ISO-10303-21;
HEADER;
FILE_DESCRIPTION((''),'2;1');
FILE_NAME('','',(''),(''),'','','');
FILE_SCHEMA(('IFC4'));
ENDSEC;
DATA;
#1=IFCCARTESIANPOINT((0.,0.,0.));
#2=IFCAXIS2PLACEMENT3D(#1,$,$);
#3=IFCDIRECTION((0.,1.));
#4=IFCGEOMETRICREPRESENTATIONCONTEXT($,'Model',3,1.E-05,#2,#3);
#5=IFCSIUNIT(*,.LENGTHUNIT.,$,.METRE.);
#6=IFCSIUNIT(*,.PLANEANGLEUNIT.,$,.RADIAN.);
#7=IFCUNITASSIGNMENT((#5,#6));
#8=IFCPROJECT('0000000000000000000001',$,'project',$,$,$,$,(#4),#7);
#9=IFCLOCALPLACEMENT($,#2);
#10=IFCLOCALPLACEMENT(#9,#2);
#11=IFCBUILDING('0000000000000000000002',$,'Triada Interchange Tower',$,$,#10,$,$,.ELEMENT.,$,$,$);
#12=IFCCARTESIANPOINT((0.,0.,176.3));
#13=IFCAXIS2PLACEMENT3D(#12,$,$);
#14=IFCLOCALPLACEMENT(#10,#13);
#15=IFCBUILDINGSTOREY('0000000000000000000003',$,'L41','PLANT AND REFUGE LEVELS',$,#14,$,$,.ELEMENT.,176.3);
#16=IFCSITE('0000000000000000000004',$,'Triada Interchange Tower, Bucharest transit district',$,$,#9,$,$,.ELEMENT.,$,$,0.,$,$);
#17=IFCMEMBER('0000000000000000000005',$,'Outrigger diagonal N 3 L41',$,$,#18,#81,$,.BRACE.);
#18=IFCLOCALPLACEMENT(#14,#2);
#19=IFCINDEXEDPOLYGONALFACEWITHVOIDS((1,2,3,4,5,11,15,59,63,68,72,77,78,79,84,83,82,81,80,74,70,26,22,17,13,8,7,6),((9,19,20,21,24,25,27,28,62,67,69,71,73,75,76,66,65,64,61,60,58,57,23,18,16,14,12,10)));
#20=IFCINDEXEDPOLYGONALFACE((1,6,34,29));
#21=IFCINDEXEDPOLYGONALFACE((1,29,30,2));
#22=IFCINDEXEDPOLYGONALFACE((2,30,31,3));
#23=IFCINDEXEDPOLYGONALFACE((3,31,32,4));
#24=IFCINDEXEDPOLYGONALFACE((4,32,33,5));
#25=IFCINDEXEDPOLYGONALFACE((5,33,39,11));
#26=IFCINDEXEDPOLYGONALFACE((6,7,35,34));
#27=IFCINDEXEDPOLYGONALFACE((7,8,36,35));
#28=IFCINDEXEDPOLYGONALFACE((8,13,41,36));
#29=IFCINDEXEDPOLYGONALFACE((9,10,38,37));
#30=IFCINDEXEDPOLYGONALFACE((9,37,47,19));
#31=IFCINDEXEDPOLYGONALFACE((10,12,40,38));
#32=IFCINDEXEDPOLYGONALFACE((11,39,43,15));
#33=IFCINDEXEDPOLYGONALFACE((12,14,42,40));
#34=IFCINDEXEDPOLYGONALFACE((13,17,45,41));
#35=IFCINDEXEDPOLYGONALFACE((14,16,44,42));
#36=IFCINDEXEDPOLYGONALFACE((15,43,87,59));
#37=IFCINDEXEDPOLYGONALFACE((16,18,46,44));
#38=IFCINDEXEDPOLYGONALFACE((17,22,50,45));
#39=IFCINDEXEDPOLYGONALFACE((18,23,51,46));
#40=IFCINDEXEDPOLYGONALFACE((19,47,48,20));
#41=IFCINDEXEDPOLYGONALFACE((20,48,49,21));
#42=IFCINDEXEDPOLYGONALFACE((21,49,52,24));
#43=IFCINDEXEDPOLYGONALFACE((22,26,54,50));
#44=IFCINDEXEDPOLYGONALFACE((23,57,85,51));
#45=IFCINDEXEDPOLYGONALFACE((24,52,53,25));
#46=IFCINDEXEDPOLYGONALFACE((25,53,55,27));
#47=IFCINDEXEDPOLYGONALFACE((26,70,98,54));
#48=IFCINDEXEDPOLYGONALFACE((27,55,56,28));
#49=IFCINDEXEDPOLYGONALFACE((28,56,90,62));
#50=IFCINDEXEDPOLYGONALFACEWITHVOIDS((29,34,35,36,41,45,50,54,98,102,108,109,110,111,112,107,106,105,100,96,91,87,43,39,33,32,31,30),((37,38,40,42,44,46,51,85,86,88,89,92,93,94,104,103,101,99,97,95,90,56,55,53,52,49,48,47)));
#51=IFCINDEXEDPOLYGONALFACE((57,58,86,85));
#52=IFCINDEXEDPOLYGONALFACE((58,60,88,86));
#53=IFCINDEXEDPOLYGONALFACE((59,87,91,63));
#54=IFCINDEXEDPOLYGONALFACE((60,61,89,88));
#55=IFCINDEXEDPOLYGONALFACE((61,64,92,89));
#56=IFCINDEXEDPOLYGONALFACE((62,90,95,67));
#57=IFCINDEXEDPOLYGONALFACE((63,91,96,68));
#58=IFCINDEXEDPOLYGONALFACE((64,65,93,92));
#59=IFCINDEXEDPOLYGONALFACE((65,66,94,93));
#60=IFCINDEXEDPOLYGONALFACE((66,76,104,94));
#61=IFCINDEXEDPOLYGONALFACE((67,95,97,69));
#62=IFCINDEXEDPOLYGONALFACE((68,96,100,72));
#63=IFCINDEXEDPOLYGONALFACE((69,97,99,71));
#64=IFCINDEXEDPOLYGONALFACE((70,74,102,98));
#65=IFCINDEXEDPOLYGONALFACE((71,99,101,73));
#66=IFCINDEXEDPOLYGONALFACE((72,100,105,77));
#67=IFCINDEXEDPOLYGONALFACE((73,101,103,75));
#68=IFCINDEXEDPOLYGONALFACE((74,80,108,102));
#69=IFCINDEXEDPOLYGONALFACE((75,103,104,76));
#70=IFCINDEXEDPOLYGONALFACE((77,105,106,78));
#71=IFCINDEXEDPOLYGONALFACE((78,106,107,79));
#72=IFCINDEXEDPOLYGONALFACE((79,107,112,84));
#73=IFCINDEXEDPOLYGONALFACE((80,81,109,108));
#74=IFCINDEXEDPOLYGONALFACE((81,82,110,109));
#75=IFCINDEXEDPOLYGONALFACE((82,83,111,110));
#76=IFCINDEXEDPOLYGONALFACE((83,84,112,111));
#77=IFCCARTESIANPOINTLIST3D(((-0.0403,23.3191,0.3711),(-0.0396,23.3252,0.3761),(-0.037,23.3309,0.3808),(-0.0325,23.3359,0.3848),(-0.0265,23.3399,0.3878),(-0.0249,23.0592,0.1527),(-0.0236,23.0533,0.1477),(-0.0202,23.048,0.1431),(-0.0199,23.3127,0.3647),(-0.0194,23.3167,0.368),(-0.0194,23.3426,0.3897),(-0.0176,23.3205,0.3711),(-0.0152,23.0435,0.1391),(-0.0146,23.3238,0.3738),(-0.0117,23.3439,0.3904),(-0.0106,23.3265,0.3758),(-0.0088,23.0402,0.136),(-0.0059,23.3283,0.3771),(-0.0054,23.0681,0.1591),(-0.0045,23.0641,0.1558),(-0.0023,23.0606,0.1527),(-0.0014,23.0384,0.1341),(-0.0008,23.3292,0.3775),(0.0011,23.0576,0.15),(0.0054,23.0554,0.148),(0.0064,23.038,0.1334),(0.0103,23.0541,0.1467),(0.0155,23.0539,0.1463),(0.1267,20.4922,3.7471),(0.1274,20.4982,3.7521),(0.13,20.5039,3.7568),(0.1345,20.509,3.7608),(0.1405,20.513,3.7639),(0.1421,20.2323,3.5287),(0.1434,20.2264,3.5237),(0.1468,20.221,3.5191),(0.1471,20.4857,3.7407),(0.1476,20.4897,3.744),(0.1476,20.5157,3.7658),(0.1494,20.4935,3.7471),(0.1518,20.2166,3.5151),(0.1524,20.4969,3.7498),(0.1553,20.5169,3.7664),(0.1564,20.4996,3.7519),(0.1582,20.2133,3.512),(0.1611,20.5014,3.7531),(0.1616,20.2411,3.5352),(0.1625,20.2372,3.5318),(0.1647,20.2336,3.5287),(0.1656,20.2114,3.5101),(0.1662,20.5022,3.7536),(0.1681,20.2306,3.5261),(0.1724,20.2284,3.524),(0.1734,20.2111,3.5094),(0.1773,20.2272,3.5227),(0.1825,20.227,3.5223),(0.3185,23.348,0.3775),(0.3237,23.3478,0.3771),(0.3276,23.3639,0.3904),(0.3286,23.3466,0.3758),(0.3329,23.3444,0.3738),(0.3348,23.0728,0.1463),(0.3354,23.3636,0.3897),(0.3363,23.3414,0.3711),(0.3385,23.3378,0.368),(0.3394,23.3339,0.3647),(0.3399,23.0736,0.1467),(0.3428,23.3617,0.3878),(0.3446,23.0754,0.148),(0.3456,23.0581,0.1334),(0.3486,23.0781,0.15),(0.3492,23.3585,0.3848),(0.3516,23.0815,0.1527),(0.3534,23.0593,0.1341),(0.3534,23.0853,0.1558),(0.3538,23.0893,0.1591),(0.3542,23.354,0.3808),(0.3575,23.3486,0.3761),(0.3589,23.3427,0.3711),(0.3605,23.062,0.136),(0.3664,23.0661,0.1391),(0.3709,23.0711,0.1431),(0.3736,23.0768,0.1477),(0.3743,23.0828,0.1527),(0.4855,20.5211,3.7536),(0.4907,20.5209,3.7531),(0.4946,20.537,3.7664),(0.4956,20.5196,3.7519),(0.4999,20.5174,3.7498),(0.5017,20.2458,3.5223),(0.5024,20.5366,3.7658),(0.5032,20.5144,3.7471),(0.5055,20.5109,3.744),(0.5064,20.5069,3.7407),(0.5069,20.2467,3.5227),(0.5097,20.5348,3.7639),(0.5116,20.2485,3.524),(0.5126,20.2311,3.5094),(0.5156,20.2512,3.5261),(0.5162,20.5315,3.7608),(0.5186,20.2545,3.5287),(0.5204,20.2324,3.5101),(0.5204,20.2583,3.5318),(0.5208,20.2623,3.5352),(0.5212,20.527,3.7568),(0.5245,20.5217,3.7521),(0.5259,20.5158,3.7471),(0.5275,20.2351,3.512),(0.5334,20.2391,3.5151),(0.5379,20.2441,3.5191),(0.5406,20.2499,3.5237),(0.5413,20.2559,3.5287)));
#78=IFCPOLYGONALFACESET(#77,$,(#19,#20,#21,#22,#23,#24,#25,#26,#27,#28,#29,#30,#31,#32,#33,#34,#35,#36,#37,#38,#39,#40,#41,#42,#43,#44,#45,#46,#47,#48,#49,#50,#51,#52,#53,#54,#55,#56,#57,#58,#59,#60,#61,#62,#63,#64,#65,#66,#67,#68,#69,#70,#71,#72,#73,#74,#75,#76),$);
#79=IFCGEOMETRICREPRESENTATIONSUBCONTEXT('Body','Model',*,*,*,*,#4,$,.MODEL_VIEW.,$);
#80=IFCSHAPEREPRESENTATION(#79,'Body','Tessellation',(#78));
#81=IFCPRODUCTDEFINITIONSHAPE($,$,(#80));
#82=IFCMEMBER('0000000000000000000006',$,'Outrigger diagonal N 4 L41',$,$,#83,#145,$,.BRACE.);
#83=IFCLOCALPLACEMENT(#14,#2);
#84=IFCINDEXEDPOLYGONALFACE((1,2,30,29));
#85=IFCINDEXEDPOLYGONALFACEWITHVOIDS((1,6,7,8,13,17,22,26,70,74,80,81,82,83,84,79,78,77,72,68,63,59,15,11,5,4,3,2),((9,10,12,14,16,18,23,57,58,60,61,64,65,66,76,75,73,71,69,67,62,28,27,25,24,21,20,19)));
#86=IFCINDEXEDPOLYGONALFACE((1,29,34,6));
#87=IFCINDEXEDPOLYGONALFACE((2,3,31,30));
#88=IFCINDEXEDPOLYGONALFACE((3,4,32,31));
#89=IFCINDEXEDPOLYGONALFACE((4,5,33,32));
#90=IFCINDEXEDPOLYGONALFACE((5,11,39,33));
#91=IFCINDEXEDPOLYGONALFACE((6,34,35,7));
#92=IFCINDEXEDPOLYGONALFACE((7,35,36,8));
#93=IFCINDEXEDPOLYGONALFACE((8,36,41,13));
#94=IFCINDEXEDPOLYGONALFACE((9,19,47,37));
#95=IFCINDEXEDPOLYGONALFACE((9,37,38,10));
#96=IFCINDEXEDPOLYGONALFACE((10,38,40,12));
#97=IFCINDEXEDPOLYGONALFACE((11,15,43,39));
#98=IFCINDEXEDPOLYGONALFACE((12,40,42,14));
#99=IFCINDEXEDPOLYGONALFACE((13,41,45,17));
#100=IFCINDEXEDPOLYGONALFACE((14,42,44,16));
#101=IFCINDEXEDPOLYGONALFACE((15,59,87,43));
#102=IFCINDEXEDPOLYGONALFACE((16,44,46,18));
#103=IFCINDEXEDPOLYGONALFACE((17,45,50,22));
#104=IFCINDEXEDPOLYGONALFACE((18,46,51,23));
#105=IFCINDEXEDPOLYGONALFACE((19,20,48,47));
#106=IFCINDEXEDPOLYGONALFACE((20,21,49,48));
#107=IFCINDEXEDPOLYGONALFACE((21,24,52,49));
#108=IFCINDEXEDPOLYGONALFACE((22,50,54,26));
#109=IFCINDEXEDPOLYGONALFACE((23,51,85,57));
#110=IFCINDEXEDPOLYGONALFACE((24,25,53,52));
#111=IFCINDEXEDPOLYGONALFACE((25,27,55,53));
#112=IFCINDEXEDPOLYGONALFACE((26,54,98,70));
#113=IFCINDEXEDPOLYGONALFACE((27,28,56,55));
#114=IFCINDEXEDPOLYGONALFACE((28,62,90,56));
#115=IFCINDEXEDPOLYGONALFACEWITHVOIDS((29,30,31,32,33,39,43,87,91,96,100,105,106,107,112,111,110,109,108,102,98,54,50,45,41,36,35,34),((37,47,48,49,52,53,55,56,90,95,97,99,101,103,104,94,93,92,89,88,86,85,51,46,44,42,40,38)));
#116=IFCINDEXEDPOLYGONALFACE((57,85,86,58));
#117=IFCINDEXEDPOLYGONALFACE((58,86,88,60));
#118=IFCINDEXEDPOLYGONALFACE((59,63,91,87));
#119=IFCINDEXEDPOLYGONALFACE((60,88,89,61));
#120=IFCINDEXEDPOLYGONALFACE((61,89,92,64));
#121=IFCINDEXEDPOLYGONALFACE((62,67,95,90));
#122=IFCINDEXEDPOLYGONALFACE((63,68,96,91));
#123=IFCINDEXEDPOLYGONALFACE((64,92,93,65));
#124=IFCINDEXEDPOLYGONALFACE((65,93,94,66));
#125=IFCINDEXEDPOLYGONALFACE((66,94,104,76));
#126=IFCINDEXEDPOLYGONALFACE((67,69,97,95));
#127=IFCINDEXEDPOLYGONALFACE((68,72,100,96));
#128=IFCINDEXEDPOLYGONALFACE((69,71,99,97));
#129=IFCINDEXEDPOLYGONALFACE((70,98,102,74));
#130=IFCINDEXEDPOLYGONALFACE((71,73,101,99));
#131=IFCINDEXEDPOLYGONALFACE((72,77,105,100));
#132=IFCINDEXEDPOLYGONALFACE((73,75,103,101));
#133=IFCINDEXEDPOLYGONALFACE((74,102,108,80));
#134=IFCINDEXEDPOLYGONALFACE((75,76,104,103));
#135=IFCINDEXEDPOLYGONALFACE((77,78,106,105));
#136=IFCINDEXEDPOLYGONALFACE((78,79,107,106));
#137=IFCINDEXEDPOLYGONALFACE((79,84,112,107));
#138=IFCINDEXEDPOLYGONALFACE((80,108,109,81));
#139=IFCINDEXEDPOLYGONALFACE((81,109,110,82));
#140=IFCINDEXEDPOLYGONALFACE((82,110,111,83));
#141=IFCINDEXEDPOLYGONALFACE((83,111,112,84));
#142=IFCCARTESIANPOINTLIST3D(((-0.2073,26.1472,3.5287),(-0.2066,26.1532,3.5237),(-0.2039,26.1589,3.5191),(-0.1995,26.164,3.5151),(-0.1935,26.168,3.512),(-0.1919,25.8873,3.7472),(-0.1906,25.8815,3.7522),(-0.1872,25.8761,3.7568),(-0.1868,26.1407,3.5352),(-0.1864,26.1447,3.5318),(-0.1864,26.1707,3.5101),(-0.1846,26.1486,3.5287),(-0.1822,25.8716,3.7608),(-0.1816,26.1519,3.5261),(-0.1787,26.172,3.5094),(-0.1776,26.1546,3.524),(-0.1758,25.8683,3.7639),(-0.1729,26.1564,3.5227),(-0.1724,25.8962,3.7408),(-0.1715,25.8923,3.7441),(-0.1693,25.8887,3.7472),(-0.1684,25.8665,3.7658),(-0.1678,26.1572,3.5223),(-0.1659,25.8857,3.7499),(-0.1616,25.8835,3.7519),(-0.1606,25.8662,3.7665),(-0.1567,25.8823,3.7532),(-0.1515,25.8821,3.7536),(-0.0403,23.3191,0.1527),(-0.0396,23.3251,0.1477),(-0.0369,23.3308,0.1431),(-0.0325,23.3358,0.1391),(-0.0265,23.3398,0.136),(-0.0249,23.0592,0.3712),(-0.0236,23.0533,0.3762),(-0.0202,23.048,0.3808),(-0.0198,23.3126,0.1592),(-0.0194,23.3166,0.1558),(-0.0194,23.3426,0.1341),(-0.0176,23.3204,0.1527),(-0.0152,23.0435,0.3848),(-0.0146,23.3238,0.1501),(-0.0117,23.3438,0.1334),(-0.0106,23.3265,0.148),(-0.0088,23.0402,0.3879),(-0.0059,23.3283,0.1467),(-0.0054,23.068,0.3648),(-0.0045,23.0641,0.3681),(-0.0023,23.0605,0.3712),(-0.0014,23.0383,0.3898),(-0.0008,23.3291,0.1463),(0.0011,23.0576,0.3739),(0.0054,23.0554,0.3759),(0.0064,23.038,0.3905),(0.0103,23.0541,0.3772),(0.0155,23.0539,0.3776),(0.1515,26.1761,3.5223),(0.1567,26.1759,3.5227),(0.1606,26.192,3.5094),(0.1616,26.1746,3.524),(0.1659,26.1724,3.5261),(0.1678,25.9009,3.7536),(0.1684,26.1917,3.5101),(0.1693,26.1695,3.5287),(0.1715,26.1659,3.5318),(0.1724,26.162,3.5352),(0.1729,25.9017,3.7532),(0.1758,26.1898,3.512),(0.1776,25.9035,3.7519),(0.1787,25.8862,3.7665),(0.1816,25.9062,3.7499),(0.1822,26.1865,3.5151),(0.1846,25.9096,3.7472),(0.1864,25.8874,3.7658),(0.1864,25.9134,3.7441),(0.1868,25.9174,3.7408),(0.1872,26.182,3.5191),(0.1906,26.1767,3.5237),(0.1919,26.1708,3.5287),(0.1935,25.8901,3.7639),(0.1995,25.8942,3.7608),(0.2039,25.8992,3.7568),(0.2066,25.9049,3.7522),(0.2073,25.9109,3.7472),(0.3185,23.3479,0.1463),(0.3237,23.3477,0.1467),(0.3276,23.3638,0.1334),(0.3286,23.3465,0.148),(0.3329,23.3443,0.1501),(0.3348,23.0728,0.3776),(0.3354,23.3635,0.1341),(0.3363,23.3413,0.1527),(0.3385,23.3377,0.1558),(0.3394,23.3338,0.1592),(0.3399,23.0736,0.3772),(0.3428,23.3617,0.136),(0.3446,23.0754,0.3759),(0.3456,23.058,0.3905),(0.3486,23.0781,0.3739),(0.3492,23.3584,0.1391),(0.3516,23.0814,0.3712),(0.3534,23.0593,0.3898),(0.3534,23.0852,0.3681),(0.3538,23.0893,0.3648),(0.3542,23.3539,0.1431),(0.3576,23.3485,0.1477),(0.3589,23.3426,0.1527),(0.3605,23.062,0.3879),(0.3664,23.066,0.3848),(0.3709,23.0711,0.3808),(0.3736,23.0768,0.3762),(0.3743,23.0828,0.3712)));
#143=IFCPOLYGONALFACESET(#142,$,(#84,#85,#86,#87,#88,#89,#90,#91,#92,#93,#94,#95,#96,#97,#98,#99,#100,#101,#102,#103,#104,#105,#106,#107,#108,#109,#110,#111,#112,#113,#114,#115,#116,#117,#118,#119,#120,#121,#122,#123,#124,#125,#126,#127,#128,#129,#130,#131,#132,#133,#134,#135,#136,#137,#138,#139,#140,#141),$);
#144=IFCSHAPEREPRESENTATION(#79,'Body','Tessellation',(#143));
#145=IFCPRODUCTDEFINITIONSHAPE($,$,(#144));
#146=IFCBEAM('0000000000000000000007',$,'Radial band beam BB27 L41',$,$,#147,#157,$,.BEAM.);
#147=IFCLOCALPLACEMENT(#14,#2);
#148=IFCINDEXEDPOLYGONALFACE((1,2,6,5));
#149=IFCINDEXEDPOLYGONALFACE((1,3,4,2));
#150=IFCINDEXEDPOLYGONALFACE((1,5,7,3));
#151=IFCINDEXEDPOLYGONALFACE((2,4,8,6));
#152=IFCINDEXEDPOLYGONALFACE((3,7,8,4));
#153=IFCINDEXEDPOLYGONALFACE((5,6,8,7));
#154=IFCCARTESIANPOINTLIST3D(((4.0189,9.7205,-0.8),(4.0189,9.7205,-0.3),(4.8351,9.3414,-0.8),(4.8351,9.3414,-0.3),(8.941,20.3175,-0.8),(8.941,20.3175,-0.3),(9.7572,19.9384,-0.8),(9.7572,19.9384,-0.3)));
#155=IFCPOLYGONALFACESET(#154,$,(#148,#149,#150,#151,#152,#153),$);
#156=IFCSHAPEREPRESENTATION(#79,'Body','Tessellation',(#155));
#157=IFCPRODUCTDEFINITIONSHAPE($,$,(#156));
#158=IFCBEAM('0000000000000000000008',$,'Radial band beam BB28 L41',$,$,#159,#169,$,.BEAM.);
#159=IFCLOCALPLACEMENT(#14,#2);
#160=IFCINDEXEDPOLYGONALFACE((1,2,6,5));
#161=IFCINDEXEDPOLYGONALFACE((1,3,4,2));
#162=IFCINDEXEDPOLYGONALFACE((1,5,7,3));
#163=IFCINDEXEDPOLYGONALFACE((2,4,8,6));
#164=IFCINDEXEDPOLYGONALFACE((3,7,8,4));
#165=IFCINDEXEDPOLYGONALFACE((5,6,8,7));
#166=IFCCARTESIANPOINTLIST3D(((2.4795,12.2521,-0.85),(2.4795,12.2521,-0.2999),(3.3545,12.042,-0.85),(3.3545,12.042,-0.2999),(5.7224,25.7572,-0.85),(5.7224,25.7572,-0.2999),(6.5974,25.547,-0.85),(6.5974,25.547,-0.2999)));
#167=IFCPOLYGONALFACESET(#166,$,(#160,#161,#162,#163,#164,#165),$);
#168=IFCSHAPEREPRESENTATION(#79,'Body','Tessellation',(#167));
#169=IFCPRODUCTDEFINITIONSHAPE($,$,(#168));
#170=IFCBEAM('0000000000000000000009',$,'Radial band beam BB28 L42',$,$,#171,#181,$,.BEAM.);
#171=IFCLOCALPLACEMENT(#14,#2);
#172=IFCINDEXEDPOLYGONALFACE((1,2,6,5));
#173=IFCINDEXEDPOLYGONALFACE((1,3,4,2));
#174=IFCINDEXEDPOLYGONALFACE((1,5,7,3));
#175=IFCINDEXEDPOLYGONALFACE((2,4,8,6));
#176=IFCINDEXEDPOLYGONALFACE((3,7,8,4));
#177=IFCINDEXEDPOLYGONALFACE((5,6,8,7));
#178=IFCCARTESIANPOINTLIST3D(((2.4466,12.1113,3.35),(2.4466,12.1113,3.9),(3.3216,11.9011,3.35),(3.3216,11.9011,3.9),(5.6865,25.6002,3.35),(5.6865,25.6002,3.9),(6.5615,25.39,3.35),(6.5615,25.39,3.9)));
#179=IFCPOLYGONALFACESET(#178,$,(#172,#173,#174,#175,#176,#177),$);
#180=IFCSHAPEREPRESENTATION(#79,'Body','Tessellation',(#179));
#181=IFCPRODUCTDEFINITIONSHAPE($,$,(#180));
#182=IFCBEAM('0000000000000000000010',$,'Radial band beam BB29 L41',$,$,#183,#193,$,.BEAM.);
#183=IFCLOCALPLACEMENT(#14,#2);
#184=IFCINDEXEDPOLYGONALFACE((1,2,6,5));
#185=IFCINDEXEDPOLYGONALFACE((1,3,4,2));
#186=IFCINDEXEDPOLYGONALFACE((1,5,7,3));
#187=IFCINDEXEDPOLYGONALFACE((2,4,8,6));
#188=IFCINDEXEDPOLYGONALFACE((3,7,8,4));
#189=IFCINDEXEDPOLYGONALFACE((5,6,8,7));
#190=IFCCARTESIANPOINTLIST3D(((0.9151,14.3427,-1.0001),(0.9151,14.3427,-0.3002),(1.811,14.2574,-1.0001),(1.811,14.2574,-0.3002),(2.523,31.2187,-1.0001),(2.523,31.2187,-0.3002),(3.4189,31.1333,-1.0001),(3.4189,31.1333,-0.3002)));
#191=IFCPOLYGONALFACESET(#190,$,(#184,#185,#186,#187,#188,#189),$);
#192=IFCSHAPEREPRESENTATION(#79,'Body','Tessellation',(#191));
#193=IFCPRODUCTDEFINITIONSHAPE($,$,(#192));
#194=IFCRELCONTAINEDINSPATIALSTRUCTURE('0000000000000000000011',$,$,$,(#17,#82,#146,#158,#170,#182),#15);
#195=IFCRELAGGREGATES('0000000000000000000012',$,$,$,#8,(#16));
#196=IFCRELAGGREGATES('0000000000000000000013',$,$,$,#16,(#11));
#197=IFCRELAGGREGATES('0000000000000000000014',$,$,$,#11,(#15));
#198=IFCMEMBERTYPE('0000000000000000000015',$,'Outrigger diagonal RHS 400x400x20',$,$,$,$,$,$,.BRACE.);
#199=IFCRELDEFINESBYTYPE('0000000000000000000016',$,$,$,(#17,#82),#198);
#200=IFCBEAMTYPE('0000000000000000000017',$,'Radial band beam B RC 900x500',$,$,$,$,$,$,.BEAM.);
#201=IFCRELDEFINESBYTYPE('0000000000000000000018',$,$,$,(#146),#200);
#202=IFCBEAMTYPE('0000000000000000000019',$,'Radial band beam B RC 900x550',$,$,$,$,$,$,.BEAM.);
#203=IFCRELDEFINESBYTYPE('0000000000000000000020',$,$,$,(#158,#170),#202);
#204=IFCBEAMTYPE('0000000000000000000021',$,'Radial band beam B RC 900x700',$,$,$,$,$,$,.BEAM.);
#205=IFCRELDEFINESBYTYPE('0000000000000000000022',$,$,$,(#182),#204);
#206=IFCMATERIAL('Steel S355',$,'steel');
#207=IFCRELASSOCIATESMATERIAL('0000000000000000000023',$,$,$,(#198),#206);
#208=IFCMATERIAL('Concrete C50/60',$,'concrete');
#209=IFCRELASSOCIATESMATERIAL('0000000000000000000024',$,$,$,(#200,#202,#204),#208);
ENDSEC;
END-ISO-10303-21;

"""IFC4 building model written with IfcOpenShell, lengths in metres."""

from ifc_helpers import new_model, si_unit, direction, frame, origin, origin_2d, place, context, subcontext, project, spatial, rectangle, hollow_rectangle, extrude, material, material_profile, profile_set, type_object, element, save


model = new_model("IFC4")

# Units and contexts
model_context = context("Model", 3, precision=1e-05, world=origin(), true_north=direction((0.0, 1.0)))
body_context = subcontext(model_context, "Body", "Model", "MODEL_VIEW")
ifc_project = project(units=[si_unit("LENGTHUNIT", "METRE"), si_unit("PLANEANGLEUNIT", "RADIAN")], contexts=[model_context])

# Site, building, storey
site_placement = place(None, origin())
site = spatial("IfcSite", under=ifc_project, at=site_placement, Name="Triada Interchange Tower, Bucharest transit district", CompositionType="ELEMENT", RefElevation=0.0)
building_placement = place(site_placement, origin())
building = spatial("IfcBuilding", under=site, at=building_placement, Name="Triada Interchange Tower", CompositionType="ELEMENT")
storey_placement = place(building_placement, frame((0.0, 0.0, 176.3)))
storey = spatial("IfcBuildingStorey", under=building, at=storey_placement, Name="L41", Description="PLANT AND REFUGE LEVELS", CompositionType="ELEMENT", Elevation=176.3)

# Members
ifc_material_1 = material(Name="Steel S355", Category="steel")
ifc_material_profile_1 = material_profile(ifc_material_1, hollow_rectangle(XDim=0.3999, YDim=0.3999, WallThickness=0.02, InnerFilletRadius=0.02, OuterFilletRadius=0.03, at=origin_2d()), Name="RHS 400x400x20")
ifc_profile_set_1 = profile_set([ifc_material_profile_1], Name="Steel S355")
member_type_1 = type_object("IfcMemberType", Name="Outrigger diagonal RHS 400x400x20", PredefinedType="BRACE", material=ifc_profile_set_1)
member_1_placement = place(storey_placement, frame((0.334, 20.374, 3.6379), z_axis=(-0.037898, 0.641543, -0.76615), x_axis=(-0.99826, -0.05897, 0.0)))
element("IfcMember", 1, at=member_1_placement, inside=storey, type_object=member_type_1, Name="Outrigger diagonal N 3 L41", PredefinedType="BRACE", context=body_context, shape_type="SweptSolid", body=[
    extrude(hollow_rectangle(XDim=0.3999, YDim=0.3999, WallThickness=0.02, InnerFilletRadius=0.02, OuterFilletRadius=0.03, at=origin_2d()), origin(), (0.0, 0.0, 1.0), 4.4065),
])
member_2_placement = place(storey_placement, frame((0.167, 23.2009, 0.262), z_axis=(-0.037891, 0.641706, 0.766014), x_axis=(-0.998261, -0.058944, 0.0)))
element("IfcMember", 2, at=member_2_placement, inside=storey, type_object=member_type_1, Name="Outrigger diagonal N 4 L41", PredefinedType="BRACE", context=body_context, shape_type="SweptSolid", body=[
    extrude(hollow_rectangle(XDim=0.3999, YDim=0.3999, WallThickness=0.02, InnerFilletRadius=0.02, OuterFilletRadius=0.03, at=origin_2d()), origin(), (0.0, 0.0, 1.0), 4.4072),
])

# Beams
ifc_material_2 = material(Name="Concrete C50/60", Category="concrete")
ifc_material_profile_2 = material_profile(ifc_material_2, rectangle(XDim=0.8999, YDim=0.5, at=origin_2d()), Name="RC 900x500")
ifc_profile_set_2 = profile_set([ifc_material_profile_2], Name="Concrete C50/60")
beam_type_1 = type_object("IfcBeamType", Name="Radial band beam B RC 900x500", PredefinedType="BEAM", material=ifc_profile_set_2)
beam_1_placement = place(storey_placement, frame((9.3491, 20.1279, -0.55), z_axis=(-0.42126, -0.90694, 0.0), x_axis=(0.90694, -0.42126, 0.0)))
element("IfcBeam", 3, at=beam_1_placement, inside=storey, type_object=beam_type_1, Name="Radial band beam BB27 L41", PredefinedType="BEAM", context=body_context, shape_type="SweptSolid", body=[
    extrude(rectangle(XDim=0.8999, YDim=0.5, at=origin_2d()), origin(), (0.0, 0.0, 1.0), 11.6843),
])
ifc_material_profile_3 = material_profile(ifc_material_2, rectangle(XDim=0.8999, YDim=0.55, at=origin_2d()), Name="RC 900x550")
ifc_profile_set_3 = profile_set([ifc_material_profile_3], Name="Concrete C50/60")
beam_type_2 = type_object("IfcBeamType", Name="Radial band beam B RC 900x550", PredefinedType="BEAM", material=ifc_profile_set_3)
beam_2_placement = place(storey_placement, frame((6.1599, 25.6521, -0.575), z_axis=(-0.233488, -0.97236, 0.0), x_axis=(0.97236, -0.233488, 0.0)))
element("IfcBeam", 4, at=beam_2_placement, inside=storey, type_object=beam_type_2, Name="Radial band beam BB28 L41", PredefinedType="BEAM", context=body_context, shape_type="SweptSolid", body=[
    extrude(rectangle(XDim=0.8999, YDim=0.55, at=origin_2d()), origin(), (0.0, 0.0, 1.0), 13.8889),
])
beam_3_placement = place(storey_placement, frame((6.124, 25.4951, 3.625), z_axis=(-0.233552, -0.972344, 0.0), x_axis=(0.972344, -0.233552, 0.0)))
element("IfcBeam", 5, at=beam_3_placement, inside=storey, type_object=beam_type_2, Name="Radial band beam BB28 L42", PredefinedType="BEAM", context=body_context, shape_type="SweptSolid", body=[
    extrude(rectangle(XDim=0.8999, YDim=0.55, at=origin_2d()), origin(), (0.0, 0.0, 1.0), 13.8726),
])
ifc_material_profile_4 = material_profile(ifc_material_2, rectangle(XDim=0.8999, YDim=0.7, at=origin_2d()), Name="RC 900x700")
ifc_profile_set_4 = profile_set([ifc_material_profile_4], Name="Concrete C50/60")
beam_type_3 = type_object("IfcBeamType", Name="Radial band beam B RC 900x700", PredefinedType="BEAM", material=ifc_profile_set_4)
beam_4_placement = place(storey_placement, frame((2.9709, 31.176, -0.6501), z_axis=(-0.094849, -0.995492, 0.0), x_axis=(0.995492, -0.094849, 0.0)))
element("IfcBeam", 6, at=beam_4_placement, inside=storey, type_object=beam_type_3, Name="Radial band beam BB29 L41", PredefinedType="BEAM", context=body_context, shape_type="SweptSolid", body=[
    extrude(rectangle(XDim=0.8999, YDim=0.7, at=origin_2d()), origin(), (0.0, 0.0, 1.0), 16.9524),
])

save(model, "model.ifc")
